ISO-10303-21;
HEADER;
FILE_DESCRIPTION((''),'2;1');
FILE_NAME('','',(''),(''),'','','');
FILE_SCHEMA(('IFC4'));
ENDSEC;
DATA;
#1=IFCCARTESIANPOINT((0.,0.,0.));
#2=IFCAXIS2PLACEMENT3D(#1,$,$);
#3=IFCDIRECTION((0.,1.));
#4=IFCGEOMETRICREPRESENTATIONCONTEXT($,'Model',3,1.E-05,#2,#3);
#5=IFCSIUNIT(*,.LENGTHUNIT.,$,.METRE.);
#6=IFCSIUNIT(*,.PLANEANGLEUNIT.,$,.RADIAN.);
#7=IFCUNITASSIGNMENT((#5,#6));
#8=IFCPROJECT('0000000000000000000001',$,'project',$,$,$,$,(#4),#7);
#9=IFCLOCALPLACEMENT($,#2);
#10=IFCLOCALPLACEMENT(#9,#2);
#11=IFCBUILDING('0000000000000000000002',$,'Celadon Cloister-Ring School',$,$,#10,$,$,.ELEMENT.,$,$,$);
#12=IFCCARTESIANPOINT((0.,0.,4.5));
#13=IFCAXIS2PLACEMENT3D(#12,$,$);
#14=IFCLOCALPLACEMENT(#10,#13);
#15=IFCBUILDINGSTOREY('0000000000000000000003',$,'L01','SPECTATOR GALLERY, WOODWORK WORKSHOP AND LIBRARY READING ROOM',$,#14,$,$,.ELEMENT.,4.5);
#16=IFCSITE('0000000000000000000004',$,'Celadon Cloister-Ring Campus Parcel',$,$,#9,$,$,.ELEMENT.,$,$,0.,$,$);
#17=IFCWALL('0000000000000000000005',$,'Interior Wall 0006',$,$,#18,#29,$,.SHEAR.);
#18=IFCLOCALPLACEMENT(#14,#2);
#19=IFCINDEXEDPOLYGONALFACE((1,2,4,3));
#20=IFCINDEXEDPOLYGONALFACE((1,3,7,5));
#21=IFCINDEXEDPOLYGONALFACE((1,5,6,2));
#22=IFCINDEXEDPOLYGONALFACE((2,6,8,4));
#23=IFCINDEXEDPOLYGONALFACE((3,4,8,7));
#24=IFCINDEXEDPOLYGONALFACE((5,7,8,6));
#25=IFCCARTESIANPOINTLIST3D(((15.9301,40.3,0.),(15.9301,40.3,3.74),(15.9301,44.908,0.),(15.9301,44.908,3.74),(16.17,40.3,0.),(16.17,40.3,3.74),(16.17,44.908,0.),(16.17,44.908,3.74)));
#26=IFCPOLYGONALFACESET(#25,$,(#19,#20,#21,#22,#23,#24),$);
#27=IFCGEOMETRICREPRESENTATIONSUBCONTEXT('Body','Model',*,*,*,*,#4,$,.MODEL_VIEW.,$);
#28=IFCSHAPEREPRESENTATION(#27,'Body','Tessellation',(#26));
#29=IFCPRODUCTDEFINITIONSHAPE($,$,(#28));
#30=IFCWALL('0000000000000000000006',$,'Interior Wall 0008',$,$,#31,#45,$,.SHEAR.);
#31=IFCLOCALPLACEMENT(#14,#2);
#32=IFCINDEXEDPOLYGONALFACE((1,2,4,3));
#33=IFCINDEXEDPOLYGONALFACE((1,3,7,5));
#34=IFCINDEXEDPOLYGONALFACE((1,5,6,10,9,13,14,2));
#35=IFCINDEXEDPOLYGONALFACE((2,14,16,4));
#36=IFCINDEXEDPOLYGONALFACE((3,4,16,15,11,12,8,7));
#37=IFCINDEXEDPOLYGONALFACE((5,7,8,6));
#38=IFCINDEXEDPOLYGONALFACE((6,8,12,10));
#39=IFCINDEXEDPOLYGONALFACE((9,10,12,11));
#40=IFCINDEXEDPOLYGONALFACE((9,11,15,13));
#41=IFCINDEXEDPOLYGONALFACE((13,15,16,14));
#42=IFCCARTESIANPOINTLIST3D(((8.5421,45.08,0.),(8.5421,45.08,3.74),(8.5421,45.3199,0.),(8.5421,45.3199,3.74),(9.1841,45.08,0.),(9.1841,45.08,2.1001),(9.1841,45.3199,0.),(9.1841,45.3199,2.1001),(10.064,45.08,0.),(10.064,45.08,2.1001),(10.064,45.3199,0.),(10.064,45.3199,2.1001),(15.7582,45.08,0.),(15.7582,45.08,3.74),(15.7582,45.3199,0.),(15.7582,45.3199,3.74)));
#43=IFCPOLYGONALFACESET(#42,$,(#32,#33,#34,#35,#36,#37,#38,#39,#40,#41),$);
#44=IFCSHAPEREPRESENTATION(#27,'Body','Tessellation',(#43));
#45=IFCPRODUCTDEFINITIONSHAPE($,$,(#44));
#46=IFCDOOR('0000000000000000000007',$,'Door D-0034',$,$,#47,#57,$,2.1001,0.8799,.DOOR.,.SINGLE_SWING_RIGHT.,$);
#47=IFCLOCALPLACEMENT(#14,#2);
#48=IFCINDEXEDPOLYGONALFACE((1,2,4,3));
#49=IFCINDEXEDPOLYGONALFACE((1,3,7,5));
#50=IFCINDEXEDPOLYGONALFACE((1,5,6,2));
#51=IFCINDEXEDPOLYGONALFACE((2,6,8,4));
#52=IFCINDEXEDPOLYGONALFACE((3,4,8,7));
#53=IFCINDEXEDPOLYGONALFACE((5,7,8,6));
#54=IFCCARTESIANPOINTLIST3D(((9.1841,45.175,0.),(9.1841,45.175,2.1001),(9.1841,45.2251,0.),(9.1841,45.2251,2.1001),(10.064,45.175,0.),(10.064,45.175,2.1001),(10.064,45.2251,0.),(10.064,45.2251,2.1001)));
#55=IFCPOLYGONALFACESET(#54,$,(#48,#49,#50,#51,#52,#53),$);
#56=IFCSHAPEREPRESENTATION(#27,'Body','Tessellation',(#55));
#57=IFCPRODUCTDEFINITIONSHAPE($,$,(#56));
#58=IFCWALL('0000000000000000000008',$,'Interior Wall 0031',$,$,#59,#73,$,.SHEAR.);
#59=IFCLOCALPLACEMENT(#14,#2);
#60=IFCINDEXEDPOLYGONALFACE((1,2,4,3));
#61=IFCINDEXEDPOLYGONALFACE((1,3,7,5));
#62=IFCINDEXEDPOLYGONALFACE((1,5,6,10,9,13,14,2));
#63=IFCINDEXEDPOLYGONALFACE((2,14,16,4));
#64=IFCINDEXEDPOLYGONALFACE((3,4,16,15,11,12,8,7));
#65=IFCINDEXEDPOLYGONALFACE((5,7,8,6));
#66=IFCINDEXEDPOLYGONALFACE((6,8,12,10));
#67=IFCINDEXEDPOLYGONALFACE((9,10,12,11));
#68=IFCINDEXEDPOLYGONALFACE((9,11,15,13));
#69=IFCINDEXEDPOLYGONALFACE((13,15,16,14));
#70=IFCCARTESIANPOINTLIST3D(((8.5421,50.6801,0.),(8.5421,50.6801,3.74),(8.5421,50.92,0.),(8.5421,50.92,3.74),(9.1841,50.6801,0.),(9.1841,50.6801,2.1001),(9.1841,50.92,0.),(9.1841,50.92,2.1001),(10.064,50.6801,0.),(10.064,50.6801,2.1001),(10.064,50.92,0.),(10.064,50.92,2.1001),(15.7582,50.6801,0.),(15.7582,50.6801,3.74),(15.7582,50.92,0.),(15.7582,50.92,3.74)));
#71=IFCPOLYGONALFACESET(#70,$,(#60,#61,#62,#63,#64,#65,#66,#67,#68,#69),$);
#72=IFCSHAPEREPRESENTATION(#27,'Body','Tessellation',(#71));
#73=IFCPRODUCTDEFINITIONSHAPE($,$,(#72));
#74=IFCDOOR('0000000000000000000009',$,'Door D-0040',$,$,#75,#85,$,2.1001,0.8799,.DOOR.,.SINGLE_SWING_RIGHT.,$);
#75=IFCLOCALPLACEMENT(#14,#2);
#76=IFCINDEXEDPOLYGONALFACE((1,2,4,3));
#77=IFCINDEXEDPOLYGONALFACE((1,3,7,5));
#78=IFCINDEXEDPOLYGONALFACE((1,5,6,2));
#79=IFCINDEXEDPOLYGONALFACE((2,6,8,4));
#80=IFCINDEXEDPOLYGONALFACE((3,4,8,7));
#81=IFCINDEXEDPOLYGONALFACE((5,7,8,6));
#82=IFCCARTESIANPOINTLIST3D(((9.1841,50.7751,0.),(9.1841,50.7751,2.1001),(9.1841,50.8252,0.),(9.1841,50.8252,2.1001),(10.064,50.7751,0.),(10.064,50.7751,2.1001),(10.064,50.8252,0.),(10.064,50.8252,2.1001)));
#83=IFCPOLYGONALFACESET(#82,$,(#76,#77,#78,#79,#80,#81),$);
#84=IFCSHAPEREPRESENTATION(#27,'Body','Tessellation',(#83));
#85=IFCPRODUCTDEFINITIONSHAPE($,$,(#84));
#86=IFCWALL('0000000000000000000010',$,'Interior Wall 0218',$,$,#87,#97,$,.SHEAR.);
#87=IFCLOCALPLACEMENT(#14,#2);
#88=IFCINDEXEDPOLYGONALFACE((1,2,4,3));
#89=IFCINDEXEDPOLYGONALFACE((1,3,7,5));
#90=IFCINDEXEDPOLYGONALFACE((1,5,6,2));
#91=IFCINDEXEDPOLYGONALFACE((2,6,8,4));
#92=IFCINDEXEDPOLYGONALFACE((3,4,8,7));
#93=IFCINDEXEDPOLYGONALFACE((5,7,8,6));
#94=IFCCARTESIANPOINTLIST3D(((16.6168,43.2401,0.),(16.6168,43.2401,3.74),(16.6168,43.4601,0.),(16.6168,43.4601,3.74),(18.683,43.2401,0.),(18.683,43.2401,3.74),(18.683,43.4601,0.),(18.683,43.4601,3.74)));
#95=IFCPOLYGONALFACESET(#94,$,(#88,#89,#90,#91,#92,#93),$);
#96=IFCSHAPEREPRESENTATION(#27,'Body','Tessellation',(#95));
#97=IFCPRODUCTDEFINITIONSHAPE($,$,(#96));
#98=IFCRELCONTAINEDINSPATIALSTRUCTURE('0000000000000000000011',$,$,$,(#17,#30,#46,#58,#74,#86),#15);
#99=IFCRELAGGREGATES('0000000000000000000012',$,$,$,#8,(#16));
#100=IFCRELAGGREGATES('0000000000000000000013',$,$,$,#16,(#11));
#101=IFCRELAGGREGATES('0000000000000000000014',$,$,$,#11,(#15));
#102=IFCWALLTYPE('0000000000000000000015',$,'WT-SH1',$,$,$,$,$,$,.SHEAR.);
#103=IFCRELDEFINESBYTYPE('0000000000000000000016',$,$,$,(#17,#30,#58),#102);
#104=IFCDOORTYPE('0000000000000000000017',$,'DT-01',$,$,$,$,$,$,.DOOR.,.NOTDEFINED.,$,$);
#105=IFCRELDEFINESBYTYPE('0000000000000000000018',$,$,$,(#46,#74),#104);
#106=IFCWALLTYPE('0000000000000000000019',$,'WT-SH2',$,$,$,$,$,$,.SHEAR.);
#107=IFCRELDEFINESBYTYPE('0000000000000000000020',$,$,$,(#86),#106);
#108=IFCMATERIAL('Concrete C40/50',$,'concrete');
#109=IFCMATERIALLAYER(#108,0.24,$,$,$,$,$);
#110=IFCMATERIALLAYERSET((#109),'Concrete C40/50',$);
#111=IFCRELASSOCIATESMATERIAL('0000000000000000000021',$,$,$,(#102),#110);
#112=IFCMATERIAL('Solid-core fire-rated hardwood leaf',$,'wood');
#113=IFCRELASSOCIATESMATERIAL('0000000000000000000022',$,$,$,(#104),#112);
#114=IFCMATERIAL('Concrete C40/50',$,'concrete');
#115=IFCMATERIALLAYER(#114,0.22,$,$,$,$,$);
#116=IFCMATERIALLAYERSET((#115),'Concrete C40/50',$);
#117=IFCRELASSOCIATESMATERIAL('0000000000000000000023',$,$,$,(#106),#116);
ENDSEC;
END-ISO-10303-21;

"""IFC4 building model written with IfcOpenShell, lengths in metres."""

from ifc_helpers import new_model, si_unit, direction, frame, frame_2d, origin, place, context, subcontext, project, spatial, rectangle, extrude, material, layer, layer_set, type_object, element, fill, save


model = new_model("IFC4")

# Units and contexts
model_context = context("Model", 3, precision=1e-05, world=origin(), true_north=direction((0.0, 1.0)))
body_context = subcontext(model_context, "Body", "Model", "MODEL_VIEW")
ifc_project = project(units=[si_unit("LENGTHUNIT", "METRE"), si_unit("PLANEANGLEUNIT", "RADIAN")], contexts=[model_context])

# Site, building, storey
site_placement = place(None, origin())
site = spatial("IfcSite", under=ifc_project, at=site_placement, Name="Celadon Cloister-Ring Campus Parcel", CompositionType="ELEMENT", RefElevation=0.0)
building_placement = place(site_placement, origin())
building = spatial("IfcBuilding", under=site, at=building_placement, Name="Celadon Cloister-Ring School", CompositionType="ELEMENT")
storey_placement = place(building_placement, frame((0.0, 0.0, 4.5)))
storey = spatial("IfcBuildingStorey", under=building, at=storey_placement, Name="L01", Description="SPECTATOR GALLERY, WOODWORK WORKSHOP AND LIBRARY READING ROOM", CompositionType="ELEMENT", Elevation=4.5)

# Wall
ifc_material_1 = material(Name="Concrete C40/50", Category="concrete")
ifc_layer_1 = layer(ifc_material_1, 0.24)
ifc_layer_set_1 = layer_set([ifc_layer_1], Name="Concrete C40/50")
wall_type_1 = type_object("IfcWallType", Name="WT-SH1", PredefinedType="SHEAR", material=ifc_layer_set_1)
wall_1_placement = place(storey_placement, frame((16.05, 44.908, 0.0), z_axis=(0.0, 0.0, 1.0), x_axis=(0.0, -1.0, 0.0)))
element("IfcWall", 1, at=wall_1_placement, inside=storey, type_object=wall_type_1, Name="Interior Wall 0006", PredefinedType="SHEAR", context=body_context, shape_type="SweptSolid", body=[
    extrude(rectangle(XDim=4.6079, YDim=0.24, at=frame_2d((2.304, 0.0))), origin(), (0.0, 0.0, 1.0), 3.74),
])

# Walls, openings, doors
wall_2_placement = place(storey_placement, frame((15.7581, 45.2, 0.0), z_axis=(0.0, 0.0, 1.0), x_axis=(-1.0, 0.0, 0.0)))
wall_2 = element("IfcWall", 2, at=wall_2_placement, inside=storey, type_object=wall_type_1, Name="Interior Wall 0008", PredefinedType="SHEAR", context=body_context, shape_type="SweptSolid", body=[
    extrude(rectangle(XDim=7.2161, YDim=0.24, at=frame_2d((3.6079, 0.0))), origin(), (0.0, 0.0, 1.0), 3.74),
])
opening_1_placement = place(wall_2_placement, frame((5.6941, 0.0, 0.0)))
opening_1 = element("IfcOpeningElement", 3, at=opening_1_placement, cuts=wall_2, PredefinedType="OPENING", context=body_context, shape_type="SweptSolid", body=[
    extrude(rectangle(XDim=0.8799, YDim=2.1001, at=frame_2d((0.4399, 1.05))), frame((0.0, 0.1299, 0.0), z_axis=(0.0, -1.0, 0.0), x_axis=(1.0, 0.0, 0.0)), (0.0, 0.0, 1.0), 0.26),
])
ifc_material_2 = material(Name="Solid-core fire-rated hardwood leaf", Category="wood")
door_type_1 = type_object("IfcDoorType", Name="DT-01", OperationType="NOTDEFINED", PredefinedType="DOOR", material=ifc_material_2)
door_1_placement = place(opening_1_placement, origin())
door_1 = element("IfcDoor", 4, at=door_1_placement, inside=storey, type_object=door_type_1, Name="Door D-0034", OperationType="SINGLE_SWING_RIGHT", OverallHeight=2.1001, OverallWidth=0.8799, PredefinedType="DOOR", context=body_context, shape_type="SweptSolid", body=[
    extrude(rectangle(XDim=0.8799, YDim=2.1001, at=frame_2d((0.4399, 1.05))), frame((0.0, 0.0249, 0.0), z_axis=(0.0, -1.0, 0.0), x_axis=(1.0, 0.0, 0.0)), (0.0, 0.0, 1.0), 0.05),
])
fill(opening_1, door_1)
wall_3_placement = place(storey_placement, frame((15.7581, 50.8, 0.0), z_axis=(0.0, 0.0, 1.0), x_axis=(-1.0, 0.0, 0.0)))
wall_3 = element("IfcWall", 5, at=wall_3_placement, inside=storey, type_object=wall_type_1, Name="Interior Wall 0031", PredefinedType="SHEAR", context=body_context, shape_type="SweptSolid", body=[
    extrude(rectangle(XDim=7.2161, YDim=0.24, at=frame_2d((3.6079, 0.0))), origin(), (0.0, 0.0, 1.0), 3.74),
])
opening_2_placement = place(wall_3_placement, frame((5.6941, 0.0, 0.0)))
opening_2 = element("IfcOpeningElement", 6, at=opening_2_placement, cuts=wall_3, PredefinedType="OPENING", context=body_context, shape_type="SweptSolid", body=[
    extrude(rectangle(XDim=0.8799, YDim=2.1001, at=frame_2d((0.4399, 1.05))), frame((0.0, 0.1299, 0.0), z_axis=(0.0, -1.0, 0.0), x_axis=(1.0, 0.0, 0.0)), (0.0, 0.0, 1.0), 0.26),
])
door_2_placement = place(opening_2_placement, origin())
door_2 = element("IfcDoor", 7, at=door_2_placement, inside=storey, type_object=door_type_1, Name="Door D-0040", OperationType="SINGLE_SWING_RIGHT", OverallHeight=2.1001, OverallWidth=0.8799, PredefinedType="DOOR", context=body_context, shape_type="SweptSolid", body=[
    extrude(rectangle(XDim=0.8799, YDim=2.1001, at=frame_2d((0.4399, 1.05))), frame((0.0, 0.0249, 0.0), z_axis=(0.0, -1.0, 0.0), x_axis=(1.0, 0.0, 0.0)), (0.0, 0.0, 1.0), 0.05),
])
fill(opening_2, door_2)

# Wall
ifc_material_3 = material(Name="Concrete C40/50", Category="concrete")
ifc_layer_2 = layer(ifc_material_3, 0.22)
ifc_layer_set_2 = layer_set([ifc_layer_2], Name="Concrete C40/50")
wall_type_2 = type_object("IfcWallType", Name="WT-SH2", PredefinedType="SHEAR", material=ifc_layer_set_2)
wall_4_placement = place(storey_placement, frame((18.6831, 43.3501, 0.0), z_axis=(0.0, 0.0, 1.0), x_axis=(-1.0, 0.0, 0.0)))
element("IfcWall", 8, at=wall_4_placement, inside=storey, type_object=wall_type_2, Name="Interior Wall 0218", PredefinedType="SHEAR", context=body_context, shape_type="SweptSolid", body=[
    extrude(rectangle(XDim=2.0662, YDim=0.22, at=frame_2d((1.0332, 0.0))), origin(), (0.0, 0.0, 1.0), 3.74),
])

save(model, "model.ifc")
